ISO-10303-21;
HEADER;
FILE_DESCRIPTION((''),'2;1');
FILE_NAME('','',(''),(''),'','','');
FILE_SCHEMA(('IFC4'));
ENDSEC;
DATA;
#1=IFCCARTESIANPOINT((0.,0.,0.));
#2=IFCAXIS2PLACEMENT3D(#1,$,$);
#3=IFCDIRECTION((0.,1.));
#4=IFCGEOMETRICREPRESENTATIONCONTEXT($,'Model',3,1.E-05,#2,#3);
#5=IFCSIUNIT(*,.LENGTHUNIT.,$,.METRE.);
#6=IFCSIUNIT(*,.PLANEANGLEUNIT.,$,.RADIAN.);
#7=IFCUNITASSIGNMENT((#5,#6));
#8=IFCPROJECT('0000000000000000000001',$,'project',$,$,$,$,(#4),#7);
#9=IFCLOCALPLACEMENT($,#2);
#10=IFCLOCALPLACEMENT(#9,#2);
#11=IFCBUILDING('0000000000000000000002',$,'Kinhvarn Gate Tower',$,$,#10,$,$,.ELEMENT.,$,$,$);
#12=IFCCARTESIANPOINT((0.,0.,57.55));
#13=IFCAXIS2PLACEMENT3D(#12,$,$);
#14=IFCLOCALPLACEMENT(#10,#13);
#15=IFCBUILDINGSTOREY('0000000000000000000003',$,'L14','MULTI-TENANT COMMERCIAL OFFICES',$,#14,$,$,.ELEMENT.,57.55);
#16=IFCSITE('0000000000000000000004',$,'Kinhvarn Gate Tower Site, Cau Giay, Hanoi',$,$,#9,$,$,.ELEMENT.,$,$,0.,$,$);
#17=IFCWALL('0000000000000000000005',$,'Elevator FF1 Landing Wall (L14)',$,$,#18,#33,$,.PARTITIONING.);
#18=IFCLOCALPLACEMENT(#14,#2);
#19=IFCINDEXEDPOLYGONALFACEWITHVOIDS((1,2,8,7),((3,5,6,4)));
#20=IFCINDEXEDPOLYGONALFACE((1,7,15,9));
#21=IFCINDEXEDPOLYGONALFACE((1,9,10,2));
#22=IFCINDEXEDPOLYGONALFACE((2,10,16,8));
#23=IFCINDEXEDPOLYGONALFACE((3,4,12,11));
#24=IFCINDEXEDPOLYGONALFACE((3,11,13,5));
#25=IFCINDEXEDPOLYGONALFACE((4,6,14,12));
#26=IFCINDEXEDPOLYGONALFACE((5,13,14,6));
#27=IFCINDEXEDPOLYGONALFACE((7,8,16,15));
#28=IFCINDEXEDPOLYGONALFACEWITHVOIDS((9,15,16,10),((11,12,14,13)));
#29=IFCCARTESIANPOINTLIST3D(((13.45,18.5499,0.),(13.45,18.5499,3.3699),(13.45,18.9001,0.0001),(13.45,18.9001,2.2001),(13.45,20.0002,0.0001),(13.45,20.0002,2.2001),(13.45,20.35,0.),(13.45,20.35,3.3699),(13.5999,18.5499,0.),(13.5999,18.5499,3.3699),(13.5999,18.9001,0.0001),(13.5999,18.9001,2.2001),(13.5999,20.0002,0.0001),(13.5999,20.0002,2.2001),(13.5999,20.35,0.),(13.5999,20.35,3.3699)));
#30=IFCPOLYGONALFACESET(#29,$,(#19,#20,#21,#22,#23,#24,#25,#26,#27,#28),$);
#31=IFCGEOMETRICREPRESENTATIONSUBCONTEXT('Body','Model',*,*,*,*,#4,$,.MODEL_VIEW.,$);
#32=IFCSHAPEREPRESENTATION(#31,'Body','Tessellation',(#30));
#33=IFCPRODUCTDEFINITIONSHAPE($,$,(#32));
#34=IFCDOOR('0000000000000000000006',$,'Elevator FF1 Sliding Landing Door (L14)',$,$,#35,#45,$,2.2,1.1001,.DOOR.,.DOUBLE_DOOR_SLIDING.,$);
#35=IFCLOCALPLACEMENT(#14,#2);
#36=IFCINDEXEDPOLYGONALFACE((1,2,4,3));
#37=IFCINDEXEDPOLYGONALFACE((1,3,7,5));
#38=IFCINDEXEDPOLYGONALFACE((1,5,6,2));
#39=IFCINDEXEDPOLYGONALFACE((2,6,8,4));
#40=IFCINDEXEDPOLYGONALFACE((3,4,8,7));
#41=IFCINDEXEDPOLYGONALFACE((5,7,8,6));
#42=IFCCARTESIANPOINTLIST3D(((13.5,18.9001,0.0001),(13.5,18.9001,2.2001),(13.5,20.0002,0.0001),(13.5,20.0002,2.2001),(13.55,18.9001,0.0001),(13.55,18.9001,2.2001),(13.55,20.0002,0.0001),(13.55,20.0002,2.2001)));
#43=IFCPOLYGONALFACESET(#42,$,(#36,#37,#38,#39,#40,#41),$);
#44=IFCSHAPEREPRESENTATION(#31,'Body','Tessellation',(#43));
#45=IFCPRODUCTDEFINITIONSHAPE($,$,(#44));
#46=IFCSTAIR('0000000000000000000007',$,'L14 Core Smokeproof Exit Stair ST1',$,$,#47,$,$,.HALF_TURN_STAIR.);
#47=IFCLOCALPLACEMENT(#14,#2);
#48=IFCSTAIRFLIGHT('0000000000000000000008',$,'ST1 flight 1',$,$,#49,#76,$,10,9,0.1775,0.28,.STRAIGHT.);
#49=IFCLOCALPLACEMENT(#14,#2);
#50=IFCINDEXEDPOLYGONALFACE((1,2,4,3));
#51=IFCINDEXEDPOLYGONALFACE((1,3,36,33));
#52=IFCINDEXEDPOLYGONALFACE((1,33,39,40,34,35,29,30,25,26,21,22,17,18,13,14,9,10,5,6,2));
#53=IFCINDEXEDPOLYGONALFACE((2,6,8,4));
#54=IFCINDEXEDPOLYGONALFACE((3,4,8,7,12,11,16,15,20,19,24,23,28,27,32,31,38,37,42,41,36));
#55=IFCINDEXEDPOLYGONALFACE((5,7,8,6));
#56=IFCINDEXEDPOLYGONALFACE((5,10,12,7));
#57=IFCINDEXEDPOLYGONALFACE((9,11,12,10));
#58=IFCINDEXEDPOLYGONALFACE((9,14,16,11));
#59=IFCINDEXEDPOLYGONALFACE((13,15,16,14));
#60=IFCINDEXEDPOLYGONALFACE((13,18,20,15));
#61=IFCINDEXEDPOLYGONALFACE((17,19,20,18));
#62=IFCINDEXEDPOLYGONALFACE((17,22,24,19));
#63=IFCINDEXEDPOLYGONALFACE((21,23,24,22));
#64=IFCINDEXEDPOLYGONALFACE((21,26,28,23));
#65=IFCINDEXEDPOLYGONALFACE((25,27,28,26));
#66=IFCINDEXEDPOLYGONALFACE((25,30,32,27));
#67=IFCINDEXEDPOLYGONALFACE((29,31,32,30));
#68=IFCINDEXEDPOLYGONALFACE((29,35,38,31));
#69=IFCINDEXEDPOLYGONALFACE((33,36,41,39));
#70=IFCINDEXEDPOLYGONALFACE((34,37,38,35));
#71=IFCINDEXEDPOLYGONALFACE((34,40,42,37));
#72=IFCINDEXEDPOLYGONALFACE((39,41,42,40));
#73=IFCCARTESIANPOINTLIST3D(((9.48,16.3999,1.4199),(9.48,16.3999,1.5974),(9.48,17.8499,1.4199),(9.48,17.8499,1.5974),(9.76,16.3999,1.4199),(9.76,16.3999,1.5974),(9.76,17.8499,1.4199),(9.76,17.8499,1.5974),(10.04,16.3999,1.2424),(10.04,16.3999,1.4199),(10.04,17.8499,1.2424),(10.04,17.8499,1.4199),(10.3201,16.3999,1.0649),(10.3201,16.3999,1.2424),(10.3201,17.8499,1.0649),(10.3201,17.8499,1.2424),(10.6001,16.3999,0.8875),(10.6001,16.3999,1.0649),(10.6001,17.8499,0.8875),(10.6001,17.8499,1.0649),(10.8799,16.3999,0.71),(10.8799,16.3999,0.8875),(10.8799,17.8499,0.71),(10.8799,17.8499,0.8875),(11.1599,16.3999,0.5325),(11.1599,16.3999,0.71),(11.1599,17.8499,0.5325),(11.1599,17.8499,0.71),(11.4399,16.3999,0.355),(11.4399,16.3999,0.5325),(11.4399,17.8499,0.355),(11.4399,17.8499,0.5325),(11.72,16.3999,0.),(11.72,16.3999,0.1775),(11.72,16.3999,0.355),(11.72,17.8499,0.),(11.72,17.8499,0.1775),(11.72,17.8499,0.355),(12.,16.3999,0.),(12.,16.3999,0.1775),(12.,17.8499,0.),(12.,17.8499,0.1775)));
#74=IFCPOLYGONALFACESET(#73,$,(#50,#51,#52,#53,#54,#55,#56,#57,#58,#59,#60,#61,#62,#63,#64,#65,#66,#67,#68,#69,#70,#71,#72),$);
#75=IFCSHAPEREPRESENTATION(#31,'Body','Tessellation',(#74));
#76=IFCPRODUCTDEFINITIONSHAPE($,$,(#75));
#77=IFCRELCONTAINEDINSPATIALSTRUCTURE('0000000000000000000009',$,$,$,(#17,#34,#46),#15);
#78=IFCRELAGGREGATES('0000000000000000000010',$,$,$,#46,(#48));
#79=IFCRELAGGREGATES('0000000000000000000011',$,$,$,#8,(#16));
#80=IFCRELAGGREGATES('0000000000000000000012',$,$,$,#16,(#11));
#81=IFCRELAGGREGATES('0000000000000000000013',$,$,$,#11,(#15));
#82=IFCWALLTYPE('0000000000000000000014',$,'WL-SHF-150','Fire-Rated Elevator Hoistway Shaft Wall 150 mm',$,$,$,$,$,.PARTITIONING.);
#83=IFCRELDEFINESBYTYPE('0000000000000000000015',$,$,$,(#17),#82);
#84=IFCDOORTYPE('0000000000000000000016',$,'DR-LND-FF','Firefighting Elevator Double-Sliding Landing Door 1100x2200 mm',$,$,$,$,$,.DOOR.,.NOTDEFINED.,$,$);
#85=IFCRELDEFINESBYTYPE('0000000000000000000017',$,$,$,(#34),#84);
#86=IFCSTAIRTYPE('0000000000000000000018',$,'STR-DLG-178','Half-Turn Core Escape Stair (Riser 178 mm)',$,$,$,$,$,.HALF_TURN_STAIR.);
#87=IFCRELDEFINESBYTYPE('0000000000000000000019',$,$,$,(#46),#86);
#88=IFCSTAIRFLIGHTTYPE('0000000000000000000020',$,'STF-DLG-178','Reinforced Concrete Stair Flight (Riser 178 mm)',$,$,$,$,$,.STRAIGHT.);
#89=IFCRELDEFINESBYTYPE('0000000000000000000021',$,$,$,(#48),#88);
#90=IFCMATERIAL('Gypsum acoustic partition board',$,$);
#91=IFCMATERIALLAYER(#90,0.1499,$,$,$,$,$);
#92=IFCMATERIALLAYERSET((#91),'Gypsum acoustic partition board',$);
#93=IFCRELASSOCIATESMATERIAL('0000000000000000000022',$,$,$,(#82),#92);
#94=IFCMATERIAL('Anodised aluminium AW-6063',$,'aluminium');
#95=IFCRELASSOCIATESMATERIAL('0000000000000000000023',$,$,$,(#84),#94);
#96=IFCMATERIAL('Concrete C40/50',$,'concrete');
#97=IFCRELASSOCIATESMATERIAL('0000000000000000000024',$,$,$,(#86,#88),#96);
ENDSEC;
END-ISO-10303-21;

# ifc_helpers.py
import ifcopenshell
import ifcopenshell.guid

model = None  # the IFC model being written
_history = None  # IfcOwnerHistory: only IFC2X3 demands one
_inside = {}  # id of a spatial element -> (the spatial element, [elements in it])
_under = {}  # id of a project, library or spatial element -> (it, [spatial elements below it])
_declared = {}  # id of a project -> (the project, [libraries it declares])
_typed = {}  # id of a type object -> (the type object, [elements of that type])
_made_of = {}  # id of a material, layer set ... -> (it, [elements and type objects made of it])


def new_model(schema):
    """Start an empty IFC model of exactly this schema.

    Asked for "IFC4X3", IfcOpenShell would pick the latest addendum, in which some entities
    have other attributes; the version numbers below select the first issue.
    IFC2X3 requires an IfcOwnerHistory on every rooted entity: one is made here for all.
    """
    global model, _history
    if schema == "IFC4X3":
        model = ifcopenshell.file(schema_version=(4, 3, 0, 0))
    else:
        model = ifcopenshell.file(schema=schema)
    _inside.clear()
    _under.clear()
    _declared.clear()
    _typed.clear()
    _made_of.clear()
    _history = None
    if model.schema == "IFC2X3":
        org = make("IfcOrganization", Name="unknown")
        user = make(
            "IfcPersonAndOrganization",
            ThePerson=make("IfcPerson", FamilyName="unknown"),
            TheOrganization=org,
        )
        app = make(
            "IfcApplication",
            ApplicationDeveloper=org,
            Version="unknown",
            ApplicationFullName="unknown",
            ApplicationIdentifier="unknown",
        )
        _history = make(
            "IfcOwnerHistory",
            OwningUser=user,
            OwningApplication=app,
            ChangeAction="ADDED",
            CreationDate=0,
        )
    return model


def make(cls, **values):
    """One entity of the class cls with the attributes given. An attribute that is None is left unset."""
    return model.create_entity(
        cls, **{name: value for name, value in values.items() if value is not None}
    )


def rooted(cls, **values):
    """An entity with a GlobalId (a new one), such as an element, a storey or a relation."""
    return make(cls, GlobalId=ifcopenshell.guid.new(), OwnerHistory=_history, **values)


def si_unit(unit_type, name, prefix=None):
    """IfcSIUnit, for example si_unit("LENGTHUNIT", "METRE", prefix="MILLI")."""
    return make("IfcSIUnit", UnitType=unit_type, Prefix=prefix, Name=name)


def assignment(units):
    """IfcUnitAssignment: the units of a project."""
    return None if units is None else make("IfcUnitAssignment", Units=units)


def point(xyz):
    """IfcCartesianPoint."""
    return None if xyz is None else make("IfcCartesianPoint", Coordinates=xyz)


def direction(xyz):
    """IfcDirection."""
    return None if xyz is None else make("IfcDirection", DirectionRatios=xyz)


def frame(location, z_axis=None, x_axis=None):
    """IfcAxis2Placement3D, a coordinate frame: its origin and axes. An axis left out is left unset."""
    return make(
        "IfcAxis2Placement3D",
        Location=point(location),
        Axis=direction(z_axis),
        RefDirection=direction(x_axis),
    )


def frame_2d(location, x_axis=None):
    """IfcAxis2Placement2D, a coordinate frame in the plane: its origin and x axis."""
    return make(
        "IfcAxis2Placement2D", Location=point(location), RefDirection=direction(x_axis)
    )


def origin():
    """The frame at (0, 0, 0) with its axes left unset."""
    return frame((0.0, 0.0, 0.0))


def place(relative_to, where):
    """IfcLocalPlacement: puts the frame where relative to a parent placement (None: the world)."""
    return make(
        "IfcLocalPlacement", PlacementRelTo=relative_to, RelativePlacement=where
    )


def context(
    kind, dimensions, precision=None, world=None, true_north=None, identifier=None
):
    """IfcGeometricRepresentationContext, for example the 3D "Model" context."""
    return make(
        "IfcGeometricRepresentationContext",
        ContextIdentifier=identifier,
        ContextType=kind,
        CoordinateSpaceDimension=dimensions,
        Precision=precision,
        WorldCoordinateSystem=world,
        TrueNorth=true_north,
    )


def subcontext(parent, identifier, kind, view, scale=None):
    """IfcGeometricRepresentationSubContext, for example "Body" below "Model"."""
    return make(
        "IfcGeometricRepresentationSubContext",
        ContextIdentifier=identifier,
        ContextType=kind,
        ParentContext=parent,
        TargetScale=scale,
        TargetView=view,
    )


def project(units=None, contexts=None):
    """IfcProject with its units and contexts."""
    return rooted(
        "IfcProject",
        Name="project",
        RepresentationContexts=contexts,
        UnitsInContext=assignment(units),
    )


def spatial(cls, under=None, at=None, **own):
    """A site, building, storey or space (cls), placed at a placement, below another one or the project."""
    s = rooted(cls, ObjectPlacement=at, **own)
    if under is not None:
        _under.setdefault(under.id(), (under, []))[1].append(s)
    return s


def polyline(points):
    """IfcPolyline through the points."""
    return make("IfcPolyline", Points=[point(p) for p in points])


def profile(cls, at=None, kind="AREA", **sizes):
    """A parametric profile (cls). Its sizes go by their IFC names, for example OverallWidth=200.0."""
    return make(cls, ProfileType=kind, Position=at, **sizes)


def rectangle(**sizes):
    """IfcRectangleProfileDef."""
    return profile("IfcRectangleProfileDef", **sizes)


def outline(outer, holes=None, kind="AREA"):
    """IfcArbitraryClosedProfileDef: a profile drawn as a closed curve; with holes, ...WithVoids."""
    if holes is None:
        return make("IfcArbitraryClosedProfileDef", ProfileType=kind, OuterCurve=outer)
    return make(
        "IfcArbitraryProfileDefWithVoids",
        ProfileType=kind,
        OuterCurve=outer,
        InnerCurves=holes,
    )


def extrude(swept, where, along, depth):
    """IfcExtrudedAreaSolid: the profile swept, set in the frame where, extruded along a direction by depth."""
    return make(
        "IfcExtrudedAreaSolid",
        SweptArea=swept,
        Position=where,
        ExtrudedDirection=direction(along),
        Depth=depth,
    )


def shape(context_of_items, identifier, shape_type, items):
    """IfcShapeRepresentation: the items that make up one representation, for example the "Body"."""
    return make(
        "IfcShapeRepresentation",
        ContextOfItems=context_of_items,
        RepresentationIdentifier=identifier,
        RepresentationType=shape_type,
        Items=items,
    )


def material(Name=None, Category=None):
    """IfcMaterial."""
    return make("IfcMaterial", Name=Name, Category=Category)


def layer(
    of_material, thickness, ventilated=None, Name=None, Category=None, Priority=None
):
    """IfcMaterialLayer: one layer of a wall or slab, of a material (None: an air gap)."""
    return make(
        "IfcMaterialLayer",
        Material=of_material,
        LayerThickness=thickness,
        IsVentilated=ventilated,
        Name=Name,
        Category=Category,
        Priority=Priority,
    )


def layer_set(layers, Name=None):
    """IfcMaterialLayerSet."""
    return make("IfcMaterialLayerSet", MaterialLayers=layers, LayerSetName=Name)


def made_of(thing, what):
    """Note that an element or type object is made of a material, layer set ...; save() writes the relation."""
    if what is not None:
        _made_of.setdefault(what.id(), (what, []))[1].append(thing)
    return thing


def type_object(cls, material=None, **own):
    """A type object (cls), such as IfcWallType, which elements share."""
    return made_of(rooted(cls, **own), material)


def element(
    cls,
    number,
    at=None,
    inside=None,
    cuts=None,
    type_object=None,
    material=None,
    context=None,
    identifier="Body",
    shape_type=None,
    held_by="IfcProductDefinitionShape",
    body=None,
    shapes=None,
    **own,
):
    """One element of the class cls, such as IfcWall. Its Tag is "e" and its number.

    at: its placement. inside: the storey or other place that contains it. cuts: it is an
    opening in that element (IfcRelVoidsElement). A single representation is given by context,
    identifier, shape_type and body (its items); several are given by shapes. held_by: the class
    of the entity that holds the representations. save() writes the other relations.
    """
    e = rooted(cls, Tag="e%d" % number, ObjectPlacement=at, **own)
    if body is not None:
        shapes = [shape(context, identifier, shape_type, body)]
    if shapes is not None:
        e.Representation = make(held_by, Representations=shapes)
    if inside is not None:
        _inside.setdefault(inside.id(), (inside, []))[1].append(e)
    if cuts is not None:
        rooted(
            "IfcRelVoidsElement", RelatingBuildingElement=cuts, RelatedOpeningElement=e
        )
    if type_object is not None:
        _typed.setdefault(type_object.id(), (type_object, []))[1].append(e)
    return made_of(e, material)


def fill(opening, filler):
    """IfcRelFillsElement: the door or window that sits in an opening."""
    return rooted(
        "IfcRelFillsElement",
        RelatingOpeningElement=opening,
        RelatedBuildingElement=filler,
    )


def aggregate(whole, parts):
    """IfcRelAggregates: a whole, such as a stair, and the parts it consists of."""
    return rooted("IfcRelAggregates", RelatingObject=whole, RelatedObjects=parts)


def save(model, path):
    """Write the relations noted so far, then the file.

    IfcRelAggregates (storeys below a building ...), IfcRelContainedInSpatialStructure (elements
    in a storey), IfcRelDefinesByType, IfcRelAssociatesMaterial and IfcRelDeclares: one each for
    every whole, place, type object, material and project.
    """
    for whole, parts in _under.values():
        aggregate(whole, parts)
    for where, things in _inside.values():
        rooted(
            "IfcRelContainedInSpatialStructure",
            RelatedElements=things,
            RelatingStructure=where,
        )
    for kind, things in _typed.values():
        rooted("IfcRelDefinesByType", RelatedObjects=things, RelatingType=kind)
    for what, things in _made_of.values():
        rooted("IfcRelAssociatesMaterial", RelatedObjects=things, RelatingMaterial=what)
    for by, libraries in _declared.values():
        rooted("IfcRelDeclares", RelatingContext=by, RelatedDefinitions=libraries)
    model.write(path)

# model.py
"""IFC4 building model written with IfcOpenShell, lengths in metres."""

from ifc_helpers import new_model, si_unit, direction, frame, frame_2d, origin, place, context, subcontext, project, spatial, polyline, rectangle, outline, extrude, material, layer, layer_set, type_object, element, fill, aggregate, save


model = new_model("IFC4")

# Units and contexts
model_context = context("Model", 3, precision=1e-05, world=origin(), true_north=direction((0.0, 1.0)))
body_context = subcontext(model_context, "Body", "Model", "MODEL_VIEW")
ifc_project = project(units=[si_unit("LENGTHUNIT", "METRE"), si_unit("PLANEANGLEUNIT", "RADIAN")], contexts=[model_context])

# Site, building, storey
site_placement = place(None, origin())
site = spatial("IfcSite", under=ifc_project, at=site_placement, Name="Kinhvarn Gate Tower Site, Cau Giay, Hanoi", CompositionType="ELEMENT", RefElevation=0.0)
building_placement = place(site_placement, origin())
building = spatial("IfcBuilding", under=site, at=building_placement, Name="Kinhvarn Gate Tower", CompositionType="ELEMENT")
storey_placement = place(building_placement, frame((0.0, 0.0, 57.55)))
storey = spatial("IfcBuildingStorey", under=building, at=storey_placement, Name="L14", Description="MULTI-TENANT COMMERCIAL OFFICES", CompositionType="ELEMENT", Elevation=57.55)

# Shared definitions
ifc_material_1 = material(Name="Anodised aluminium AW-6063", Category="aluminium")
ifc_material_2 = material(Name="Gypsum acoustic partition board")

# Shared definitions
ifc_layer_1 = layer(ifc_material_2, 0.1499)
ifc_layer_set_1 = layer_set([ifc_layer_1], Name="Gypsum acoustic partition board")
wall_type_1 = type_object("IfcWallType", Name="WL-SHF-150", Description="Fire-Rated Elevator Hoistway Shaft Wall 150 mm", PredefinedType="PARTITIONING", material=ifc_layer_set_1)

# Wall, opening, door
wall_1_placement = place(storey_placement, frame((13.5249, 18.55, 0.0), z_axis=(0.0, 0.0, 1.0), x_axis=(0.0, 1.0, 0.0)))
wall_1 = element("IfcWall", 1, at=wall_1_placement, inside=storey, type_object=wall_type_1, Name="Elevator FF1 Landing Wall (L14)", PredefinedType="PARTITIONING", context=body_context, shape_type="SweptSolid", body=[
    extrude(rectangle(XDim=1.8, YDim=0.1499, at=frame_2d((0.8999, 0.0))), origin(), (0.0, 0.0, 1.0), 3.3699),
])
opening_1_placement = place(wall_1_placement, frame((0.3501, 0.0, 0.0)))
opening_1 = element("IfcOpeningElement", 2, at=opening_1_placement, cuts=wall_1, PredefinedType="OPENING", context=body_context, shape_type="SweptSolid", body=[
    extrude(rectangle(XDim=1.1001, YDim=2.2, at=frame_2d((0.55, 1.1001))), frame((0.0, 0.085, 0.0), z_axis=(0.0, -1.0, 0.0), x_axis=(1.0, 0.0, 0.0)), (0.0, 0.0, 1.0), 0.1699),
])
door_type_1 = type_object("IfcDoorType", Name="DR-LND-FF", Description="Firefighting Elevator Double-Sliding Landing Door 1100x2200 mm", OperationType="NOTDEFINED", PredefinedType="DOOR", material=ifc_material_1)
door_1_placement = place(opening_1_placement, origin())
door_1 = element("IfcDoor", 3, at=door_1_placement, inside=storey, type_object=door_type_1, Name="Elevator FF1 Sliding Landing Door (L14)", OperationType="DOUBLE_DOOR_SLIDING", OverallHeight=2.2, OverallWidth=1.1001, PredefinedType="DOOR", context=body_context, shape_type="SweptSolid", body=[
    extrude(rectangle(XDim=1.1001, YDim=2.2, at=frame_2d((0.55, 1.1001))), frame((0.0, 0.0249, 0.0), z_axis=(0.0, -1.0, 0.0), x_axis=(1.0, 0.0, 0.0)), (0.0, 0.0, 1.0), 0.05),
])
fill(opening_1, door_1)
ifc_material_3 = material(Name="Concrete C40/50", Category="concrete")

# Stair, stair flight
stair_type = type_object("IfcStairType", Name="STR-DLG-178", Description="Half-Turn Core Escape Stair (Riser 178 mm)", PredefinedType="HALF_TURN_STAIR", material=ifc_material_3)
stair_placement = place(storey_placement, origin())
stair = element("IfcStair", 4, at=stair_placement, inside=storey, type_object=stair_type, Name="L14 Core Smokeproof Exit Stair ST1", PredefinedType="HALF_TURN_STAIR")
stair_flight_type = type_object("IfcStairFlightType", Name="STF-DLG-178", Description="Reinforced Concrete Stair Flight (Riser 178 mm)", PredefinedType="STRAIGHT", material=ifc_material_3)
stair_flight_placement = place(storey_placement, frame((12.0, 17.125, 0.0), z_axis=(0.0, 0.0, 1.0), x_axis=(-1.0, 0.0, 0.0)))
stair_flight = element("IfcStairFlight", 5, at=stair_flight_placement, type_object=stair_flight_type, Name="ST1 flight 1", NumberOfRisers=10, NumberOfTreads=9, PredefinedType="STRAIGHT", RiserHeight=0.1775, TreadLength=0.28, context=body_context, shape_type="SweptSolid", body=[
    extrude(outline(polyline([(0.0, 0.0), (0.0, 0.1775), (0.28, 0.1775), (0.28, 0.355), (0.5601, 0.355), (0.5601, 0.5325), (0.8401, 0.5325), (0.8401, 0.71), (1.1201, 0.71), (1.1201, 0.8875), (1.3999, 0.8875), (1.3999, 1.0649), (1.6799, 1.0649), (1.6799, 1.2424), (1.96, 1.2424), (1.96, 1.4199), (2.24, 1.4199), (2.24, 1.5974), (2.52, 1.5974), (2.52, 1.7749), (2.52, 1.4199), (0.28, 0.0), (0.0, 0.0)])), frame((0.0, 0.7251, 0.0), z_axis=(0.0, -1.0, 0.0), x_axis=(1.0, 0.0, 0.0)), (0.0, 0.0, 1.0), 1.45),
])
aggregate(stair, [stair_flight])

save(model, "model.ifc")
